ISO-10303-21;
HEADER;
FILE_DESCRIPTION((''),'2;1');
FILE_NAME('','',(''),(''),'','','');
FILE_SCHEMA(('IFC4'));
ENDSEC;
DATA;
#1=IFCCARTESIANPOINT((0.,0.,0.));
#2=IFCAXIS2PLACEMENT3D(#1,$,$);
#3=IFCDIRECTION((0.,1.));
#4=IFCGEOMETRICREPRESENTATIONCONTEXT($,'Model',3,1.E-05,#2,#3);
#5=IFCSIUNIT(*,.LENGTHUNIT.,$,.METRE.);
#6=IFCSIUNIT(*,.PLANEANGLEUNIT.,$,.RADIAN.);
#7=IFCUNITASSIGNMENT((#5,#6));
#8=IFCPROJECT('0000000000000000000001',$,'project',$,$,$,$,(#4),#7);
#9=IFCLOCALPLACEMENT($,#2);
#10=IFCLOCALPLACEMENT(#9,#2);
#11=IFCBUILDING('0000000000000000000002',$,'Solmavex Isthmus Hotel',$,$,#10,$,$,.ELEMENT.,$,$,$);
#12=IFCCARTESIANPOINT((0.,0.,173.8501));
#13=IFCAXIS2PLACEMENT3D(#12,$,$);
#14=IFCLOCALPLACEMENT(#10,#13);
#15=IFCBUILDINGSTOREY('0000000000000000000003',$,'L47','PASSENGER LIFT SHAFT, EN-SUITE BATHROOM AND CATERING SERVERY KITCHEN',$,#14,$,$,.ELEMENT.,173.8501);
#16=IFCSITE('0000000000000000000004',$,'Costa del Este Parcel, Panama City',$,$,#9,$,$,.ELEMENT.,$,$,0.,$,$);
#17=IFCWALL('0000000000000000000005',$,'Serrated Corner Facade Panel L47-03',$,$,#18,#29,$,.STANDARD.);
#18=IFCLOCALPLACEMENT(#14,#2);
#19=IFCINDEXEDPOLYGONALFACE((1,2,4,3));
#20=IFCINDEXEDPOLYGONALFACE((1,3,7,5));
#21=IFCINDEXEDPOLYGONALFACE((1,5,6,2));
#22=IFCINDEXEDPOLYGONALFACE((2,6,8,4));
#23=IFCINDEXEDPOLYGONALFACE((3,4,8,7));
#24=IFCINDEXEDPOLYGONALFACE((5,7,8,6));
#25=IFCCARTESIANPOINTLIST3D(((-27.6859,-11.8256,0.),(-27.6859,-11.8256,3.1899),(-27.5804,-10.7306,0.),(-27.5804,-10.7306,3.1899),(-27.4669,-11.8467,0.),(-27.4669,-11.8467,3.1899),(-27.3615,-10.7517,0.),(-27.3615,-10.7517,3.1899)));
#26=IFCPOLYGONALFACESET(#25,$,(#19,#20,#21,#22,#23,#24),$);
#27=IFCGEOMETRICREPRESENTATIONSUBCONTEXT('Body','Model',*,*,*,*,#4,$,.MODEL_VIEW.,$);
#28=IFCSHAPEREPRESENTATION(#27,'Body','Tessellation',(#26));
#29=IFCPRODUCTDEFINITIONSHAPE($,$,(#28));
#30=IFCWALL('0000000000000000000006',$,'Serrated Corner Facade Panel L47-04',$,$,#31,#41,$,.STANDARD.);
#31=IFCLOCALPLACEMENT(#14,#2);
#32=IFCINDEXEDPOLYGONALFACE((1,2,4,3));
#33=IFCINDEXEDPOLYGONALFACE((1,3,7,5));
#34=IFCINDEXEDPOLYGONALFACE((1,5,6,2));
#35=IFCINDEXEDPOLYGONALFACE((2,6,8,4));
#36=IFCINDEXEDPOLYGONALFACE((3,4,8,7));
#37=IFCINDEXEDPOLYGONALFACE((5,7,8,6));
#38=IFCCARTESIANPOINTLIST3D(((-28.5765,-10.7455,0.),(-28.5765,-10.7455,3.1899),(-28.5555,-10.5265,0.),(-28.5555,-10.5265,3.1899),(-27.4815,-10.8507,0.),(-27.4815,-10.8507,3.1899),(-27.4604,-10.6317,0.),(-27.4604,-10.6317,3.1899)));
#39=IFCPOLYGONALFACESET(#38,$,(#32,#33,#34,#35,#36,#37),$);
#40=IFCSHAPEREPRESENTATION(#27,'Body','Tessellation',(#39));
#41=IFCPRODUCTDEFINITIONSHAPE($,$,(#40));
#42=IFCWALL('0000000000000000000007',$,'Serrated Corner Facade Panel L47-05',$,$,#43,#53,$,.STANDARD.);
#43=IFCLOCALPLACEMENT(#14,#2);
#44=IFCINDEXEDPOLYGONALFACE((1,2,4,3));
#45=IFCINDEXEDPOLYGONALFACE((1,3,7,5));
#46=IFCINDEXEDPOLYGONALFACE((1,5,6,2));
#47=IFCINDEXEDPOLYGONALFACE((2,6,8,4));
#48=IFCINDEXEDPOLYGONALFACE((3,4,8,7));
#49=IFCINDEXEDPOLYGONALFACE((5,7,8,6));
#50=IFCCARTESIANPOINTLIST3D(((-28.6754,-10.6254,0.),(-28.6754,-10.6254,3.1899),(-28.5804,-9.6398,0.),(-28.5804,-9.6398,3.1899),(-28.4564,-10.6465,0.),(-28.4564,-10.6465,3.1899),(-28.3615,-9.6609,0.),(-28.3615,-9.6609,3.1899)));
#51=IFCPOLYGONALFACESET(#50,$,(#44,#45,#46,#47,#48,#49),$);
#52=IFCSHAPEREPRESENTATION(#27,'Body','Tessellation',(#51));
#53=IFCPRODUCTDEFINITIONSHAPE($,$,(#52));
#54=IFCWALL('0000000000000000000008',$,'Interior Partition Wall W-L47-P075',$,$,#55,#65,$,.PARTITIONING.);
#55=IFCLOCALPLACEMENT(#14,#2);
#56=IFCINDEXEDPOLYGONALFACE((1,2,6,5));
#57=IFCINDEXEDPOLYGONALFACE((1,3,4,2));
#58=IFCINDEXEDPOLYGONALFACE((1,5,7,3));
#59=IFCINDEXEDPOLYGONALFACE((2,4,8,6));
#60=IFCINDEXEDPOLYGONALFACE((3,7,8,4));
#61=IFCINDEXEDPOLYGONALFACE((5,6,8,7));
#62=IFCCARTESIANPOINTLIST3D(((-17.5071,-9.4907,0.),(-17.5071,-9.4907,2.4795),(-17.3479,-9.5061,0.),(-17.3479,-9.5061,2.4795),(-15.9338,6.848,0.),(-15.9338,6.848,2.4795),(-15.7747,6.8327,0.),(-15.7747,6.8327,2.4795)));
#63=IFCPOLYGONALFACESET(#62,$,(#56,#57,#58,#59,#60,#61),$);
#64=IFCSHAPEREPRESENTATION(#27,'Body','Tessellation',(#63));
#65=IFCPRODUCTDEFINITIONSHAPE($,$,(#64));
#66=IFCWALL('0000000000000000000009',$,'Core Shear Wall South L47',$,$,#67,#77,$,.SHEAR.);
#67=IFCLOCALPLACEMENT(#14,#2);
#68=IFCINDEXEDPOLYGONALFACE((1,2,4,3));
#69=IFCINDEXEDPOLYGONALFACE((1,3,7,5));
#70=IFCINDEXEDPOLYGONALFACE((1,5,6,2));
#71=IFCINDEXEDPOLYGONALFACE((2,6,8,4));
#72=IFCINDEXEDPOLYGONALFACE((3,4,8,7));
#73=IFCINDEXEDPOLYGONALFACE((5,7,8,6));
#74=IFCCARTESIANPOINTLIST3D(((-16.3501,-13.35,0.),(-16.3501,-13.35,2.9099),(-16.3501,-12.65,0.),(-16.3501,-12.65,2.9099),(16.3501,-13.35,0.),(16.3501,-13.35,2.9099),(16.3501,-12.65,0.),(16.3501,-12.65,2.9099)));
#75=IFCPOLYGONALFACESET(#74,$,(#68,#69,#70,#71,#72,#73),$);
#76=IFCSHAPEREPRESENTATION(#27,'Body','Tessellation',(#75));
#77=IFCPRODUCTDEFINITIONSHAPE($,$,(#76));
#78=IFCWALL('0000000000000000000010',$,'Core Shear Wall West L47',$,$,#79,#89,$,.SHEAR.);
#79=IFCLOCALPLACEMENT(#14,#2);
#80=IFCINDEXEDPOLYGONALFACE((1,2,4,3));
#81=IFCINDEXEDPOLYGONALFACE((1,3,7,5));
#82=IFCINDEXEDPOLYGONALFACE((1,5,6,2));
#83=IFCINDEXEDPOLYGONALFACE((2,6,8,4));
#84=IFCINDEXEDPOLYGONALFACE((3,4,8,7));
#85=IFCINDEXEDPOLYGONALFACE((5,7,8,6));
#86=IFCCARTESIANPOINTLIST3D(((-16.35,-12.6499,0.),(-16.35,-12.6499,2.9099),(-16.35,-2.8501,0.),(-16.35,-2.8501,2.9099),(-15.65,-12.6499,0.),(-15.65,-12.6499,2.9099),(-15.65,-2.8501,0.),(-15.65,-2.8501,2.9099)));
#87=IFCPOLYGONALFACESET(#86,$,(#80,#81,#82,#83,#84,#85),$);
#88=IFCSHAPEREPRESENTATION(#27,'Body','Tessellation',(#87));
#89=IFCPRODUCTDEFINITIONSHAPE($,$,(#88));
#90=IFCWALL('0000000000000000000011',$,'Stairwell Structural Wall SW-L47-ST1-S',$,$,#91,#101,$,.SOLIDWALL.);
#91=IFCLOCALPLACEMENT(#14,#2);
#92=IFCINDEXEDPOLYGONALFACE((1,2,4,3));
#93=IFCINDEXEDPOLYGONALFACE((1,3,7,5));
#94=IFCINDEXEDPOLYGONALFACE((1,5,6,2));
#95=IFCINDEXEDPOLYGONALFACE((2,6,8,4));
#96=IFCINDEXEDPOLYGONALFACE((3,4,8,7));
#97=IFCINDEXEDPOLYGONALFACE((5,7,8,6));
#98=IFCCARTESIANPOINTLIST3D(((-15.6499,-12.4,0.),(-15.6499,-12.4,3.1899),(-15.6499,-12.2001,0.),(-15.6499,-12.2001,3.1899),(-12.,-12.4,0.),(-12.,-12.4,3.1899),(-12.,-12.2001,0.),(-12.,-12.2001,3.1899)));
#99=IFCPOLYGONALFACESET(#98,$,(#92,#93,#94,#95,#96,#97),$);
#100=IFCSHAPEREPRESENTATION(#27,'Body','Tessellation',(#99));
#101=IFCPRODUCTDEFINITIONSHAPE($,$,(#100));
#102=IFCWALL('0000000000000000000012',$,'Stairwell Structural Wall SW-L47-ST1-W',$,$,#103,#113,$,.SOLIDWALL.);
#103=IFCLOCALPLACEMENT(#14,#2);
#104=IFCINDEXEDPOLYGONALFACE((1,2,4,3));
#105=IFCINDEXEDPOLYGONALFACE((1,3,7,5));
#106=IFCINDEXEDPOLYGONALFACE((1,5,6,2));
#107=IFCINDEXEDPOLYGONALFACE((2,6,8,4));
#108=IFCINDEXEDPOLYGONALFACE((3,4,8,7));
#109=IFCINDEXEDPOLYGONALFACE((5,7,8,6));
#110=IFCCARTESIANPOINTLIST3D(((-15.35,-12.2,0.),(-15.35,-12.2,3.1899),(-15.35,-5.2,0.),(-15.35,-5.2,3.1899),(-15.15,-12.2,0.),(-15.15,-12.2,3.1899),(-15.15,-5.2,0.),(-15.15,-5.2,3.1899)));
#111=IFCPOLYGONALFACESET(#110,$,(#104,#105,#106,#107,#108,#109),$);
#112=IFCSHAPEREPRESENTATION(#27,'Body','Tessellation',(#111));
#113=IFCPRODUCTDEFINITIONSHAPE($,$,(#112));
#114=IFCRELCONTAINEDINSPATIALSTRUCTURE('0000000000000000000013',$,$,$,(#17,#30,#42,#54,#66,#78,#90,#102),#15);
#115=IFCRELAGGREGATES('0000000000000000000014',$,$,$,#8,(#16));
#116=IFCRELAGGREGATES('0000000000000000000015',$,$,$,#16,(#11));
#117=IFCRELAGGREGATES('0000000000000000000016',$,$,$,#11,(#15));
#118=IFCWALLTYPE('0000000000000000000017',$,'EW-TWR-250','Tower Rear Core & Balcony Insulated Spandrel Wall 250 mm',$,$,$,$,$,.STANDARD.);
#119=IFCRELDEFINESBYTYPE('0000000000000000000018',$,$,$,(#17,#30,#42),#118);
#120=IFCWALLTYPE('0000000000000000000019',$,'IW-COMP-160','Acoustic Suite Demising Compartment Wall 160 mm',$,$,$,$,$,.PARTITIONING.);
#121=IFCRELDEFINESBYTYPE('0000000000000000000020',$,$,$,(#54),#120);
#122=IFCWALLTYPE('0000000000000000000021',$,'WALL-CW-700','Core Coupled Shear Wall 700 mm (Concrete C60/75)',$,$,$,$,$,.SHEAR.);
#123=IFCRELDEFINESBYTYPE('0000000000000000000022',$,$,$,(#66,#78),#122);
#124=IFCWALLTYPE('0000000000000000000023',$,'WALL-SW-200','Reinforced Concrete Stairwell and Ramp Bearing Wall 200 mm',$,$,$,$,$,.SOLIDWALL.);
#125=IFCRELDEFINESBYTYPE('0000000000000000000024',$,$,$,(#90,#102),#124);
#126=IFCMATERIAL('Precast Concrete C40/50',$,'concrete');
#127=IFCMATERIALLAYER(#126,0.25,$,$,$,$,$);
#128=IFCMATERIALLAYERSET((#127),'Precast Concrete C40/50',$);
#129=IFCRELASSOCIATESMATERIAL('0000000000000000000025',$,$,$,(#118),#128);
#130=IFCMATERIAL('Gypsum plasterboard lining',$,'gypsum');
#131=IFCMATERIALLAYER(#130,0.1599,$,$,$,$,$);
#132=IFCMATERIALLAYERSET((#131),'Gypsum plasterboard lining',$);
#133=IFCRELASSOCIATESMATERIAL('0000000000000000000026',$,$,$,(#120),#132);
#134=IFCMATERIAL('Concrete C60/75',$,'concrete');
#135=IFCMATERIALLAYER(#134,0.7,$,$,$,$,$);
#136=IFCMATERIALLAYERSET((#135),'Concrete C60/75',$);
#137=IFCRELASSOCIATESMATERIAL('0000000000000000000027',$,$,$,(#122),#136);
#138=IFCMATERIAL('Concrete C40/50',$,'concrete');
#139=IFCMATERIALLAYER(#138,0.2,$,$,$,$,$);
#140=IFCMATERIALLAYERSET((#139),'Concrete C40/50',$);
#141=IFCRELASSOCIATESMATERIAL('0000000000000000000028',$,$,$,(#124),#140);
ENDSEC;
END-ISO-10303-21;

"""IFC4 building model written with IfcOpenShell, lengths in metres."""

from ifc_helpers import new_model, si_unit, direction, frame, frame_2d, origin, place, context, subcontext, project, spatial, rectangle, extrude, material, layer, layer_set, type_object, element, save


model = new_model("IFC4")

# Units and contexts
model_context = context("Model", 3, precision=1e-05, world=origin(), true_north=direction((0.0, 1.0)))
body_context = subcontext(model_context, "Body", "Model", "MODEL_VIEW")
ifc_project = project(units=[si_unit("LENGTHUNIT", "METRE"), si_unit("PLANEANGLEUNIT", "RADIAN")], contexts=[model_context])

# Site, building, storey
site_placement = place(None, origin())
site = spatial("IfcSite", under=ifc_project, at=site_placement, Name="Costa del Este Parcel, Panama City", CompositionType="ELEMENT", RefElevation=0.0)
building_placement = place(site_placement, origin())
building = spatial("IfcBuilding", under=site, at=building_placement, Name="Solmavex Isthmus Hotel", CompositionType="ELEMENT")
storey_placement = place(building_placement, frame((0.0, 0.0, 173.8501)))
storey = spatial("IfcBuildingStorey", under=building, at=storey_placement, Name="L47", Description="PASSENGER LIFT SHAFT, EN-SUITE BATHROOM AND CATERING SERVERY KITCHEN", CompositionType="ELEMENT", Elevation=173.8501)

# Shared definitions
ifc_material_1 = material(Name="Concrete C60/75", Category="concrete")

# Shared definitions
ifc_material_2 = material(Name="Precast Concrete C40/50", Category="concrete")
ifc_layer_1 = layer(ifc_material_2, 0.25)
ifc_layer_set_1 = layer_set([ifc_layer_1], Name="Precast Concrete C40/50")
wall_type_1 = type_object("IfcWallType", Name="EW-TWR-250", Description="Tower Rear Core & Balcony Insulated Spandrel Wall 250 mm", PredefinedType="STANDARD", material=ifc_layer_set_1)

# Walls
for number, where, z_axis, x_axis, name in (
    (1, (-27.5764, -11.8362, 0.0), (0.0, 0.0, 1.0), (0.095877, 0.995393, 0.0), "Serrated Corner Facade Panel L47-03"),
    (2, (-27.4709, -10.7412, 0.0), (0.0, 0.0, 1.0), (-0.995414, 0.095657, 0.0), "Serrated Corner Facade Panel L47-04"),
):
    element("IfcWall", number, at=place(storey_placement, frame(where, z_axis=z_axis, x_axis=x_axis)), inside=storey, type_object=wall_type_1, Name=name, PredefinedType="STANDARD", context=body_context, shape_type="SweptSolid", body=[
        extrude(rectangle(XDim=1.1001, YDim=0.22, at=frame_2d((0.55, 0.0))), origin(), (0.0, 0.0, 1.0), 3.1899),
    ])
wall_1_placement = place(storey_placement, frame((-28.5659, -10.636, 0.0), z_axis=(0.0, 0.0, 1.0), x_axis=(0.095914, 0.99539, 0.0)))
element("IfcWall", 3, at=wall_1_placement, inside=storey, type_object=wall_type_1, Name="Serrated Corner Facade Panel L47-05", PredefinedType="STANDARD", context=body_context, shape_type="SweptSolid", body=[
    extrude(rectangle(XDim=0.9902, YDim=0.22, at=frame_2d((0.4951, 0.0))), origin(), (0.0, 0.0, 1.0), 3.1899),
])
ifc_material_3 = material(Name="Gypsum plasterboard lining", Category="gypsum")
ifc_layer_2 = layer(ifc_material_3, 0.1599)
ifc_layer_set_2 = layer_set([ifc_layer_2], Name="Gypsum plasterboard lining")
wall_type_2 = type_object("IfcWallType", Name="IW-COMP-160", Description="Acoustic Suite Demising Compartment Wall 160 mm", PredefinedType="PARTITIONING", material=ifc_layer_set_2)
wall_2_placement = place(storey_placement, frame((-17.4275, -9.4983, 0.0), z_axis=(0.0, 0.0, 1.0), x_axis=(0.095846, 0.995396, 0.0)))
element("IfcWall", 4, at=wall_2_placement, inside=storey, type_object=wall_type_2, Name="Interior Partition Wall W-L47-P075", PredefinedType="PARTITIONING", context=body_context, shape_type="SweptSolid", body=[
    extrude(rectangle(XDim=16.4143, YDim=0.1599, at=frame_2d((8.207, 0.0))), origin(), (0.0, 0.0, 1.0), 2.4795),
])
ifc_layer_3 = layer(ifc_material_1, 0.7)
ifc_layer_set_3 = layer_set([ifc_layer_3], Name="Concrete C60/75")
wall_type_3 = type_object("IfcWallType", Name="WALL-CW-700", Description="Core Coupled Shear Wall 700 mm (Concrete C60/75)", PredefinedType="SHEAR", material=ifc_layer_set_3)
wall_3_placement = place(storey_placement, frame((-16.3501, -13.0, 0.0), z_axis=(0.0, 0.0, 1.0), x_axis=(1.0, 0.0, 0.0)))
element("IfcWall", 5, at=wall_3_placement, inside=storey, type_object=wall_type_3, Name="Core Shear Wall South L47", PredefinedType="SHEAR", context=body_context, shape_type="SweptSolid", body=[
    extrude(rectangle(XDim=32.7002, YDim=0.7, at=frame_2d((16.3501, 0.0))), origin(), (0.0, 0.0, 1.0), 2.9099),
])
wall_4_placement = place(storey_placement, frame((-16.0, -12.6499, 0.0), z_axis=(0.0, 0.0, 1.0), x_axis=(0.0, 1.0, 0.0)))
element("IfcWall", 6, at=wall_4_placement, inside=storey, type_object=wall_type_3, Name="Core Shear Wall West L47", PredefinedType="SHEAR", context=body_context, shape_type="SweptSolid", body=[
    extrude(rectangle(XDim=9.7998, YDim=0.7, at=frame_2d((4.8999, 0.0))), origin(), (0.0, 0.0, 1.0), 2.9099),
])
ifc_material_4 = material(Name="Concrete C40/50", Category="concrete")
ifc_layer_4 = layer(ifc_material_4, 0.2)
ifc_layer_set_4 = layer_set([ifc_layer_4], Name="Concrete C40/50")
wall_type_4 = type_object("IfcWallType", Name="WALL-SW-200", Description="Reinforced Concrete Stairwell and Ramp Bearing Wall 200 mm", PredefinedType="SOLIDWALL", material=ifc_layer_set_4)
wall_5_placement = place(storey_placement, frame((-15.6499, -12.3, 0.0), z_axis=(0.0, 0.0, 1.0), x_axis=(1.0, 0.0, 0.0)))
element("IfcWall", 7, at=wall_5_placement, inside=storey, type_object=wall_type_4, Name="Stairwell Structural Wall SW-L47-ST1-S", PredefinedType="SOLIDWALL", context=body_context, shape_type="SweptSolid", body=[
    extrude(rectangle(XDim=3.6499, YDim=0.2, at=frame_2d((1.825, 0.0))), origin(), (0.0, 0.0, 1.0), 3.1899),
])
wall_6_placement = place(storey_placement, frame((-15.25, -12.2, 0.0), z_axis=(0.0, 0.0, 1.0), x_axis=(0.0, 1.0, 0.0)))
element("IfcWall", 8, at=wall_6_placement, inside=storey, type_object=wall_type_4, Name="Stairwell Structural Wall SW-L47-ST1-W", PredefinedType="SOLIDWALL", context=body_context, shape_type="SweptSolid", body=[
    extrude(rectangle(XDim=7.0, YDim=0.2, at=frame_2d((3.5, 0.0))), origin(), (0.0, 0.0, 1.0), 3.1899),
])

save(model, "model.ifc")
